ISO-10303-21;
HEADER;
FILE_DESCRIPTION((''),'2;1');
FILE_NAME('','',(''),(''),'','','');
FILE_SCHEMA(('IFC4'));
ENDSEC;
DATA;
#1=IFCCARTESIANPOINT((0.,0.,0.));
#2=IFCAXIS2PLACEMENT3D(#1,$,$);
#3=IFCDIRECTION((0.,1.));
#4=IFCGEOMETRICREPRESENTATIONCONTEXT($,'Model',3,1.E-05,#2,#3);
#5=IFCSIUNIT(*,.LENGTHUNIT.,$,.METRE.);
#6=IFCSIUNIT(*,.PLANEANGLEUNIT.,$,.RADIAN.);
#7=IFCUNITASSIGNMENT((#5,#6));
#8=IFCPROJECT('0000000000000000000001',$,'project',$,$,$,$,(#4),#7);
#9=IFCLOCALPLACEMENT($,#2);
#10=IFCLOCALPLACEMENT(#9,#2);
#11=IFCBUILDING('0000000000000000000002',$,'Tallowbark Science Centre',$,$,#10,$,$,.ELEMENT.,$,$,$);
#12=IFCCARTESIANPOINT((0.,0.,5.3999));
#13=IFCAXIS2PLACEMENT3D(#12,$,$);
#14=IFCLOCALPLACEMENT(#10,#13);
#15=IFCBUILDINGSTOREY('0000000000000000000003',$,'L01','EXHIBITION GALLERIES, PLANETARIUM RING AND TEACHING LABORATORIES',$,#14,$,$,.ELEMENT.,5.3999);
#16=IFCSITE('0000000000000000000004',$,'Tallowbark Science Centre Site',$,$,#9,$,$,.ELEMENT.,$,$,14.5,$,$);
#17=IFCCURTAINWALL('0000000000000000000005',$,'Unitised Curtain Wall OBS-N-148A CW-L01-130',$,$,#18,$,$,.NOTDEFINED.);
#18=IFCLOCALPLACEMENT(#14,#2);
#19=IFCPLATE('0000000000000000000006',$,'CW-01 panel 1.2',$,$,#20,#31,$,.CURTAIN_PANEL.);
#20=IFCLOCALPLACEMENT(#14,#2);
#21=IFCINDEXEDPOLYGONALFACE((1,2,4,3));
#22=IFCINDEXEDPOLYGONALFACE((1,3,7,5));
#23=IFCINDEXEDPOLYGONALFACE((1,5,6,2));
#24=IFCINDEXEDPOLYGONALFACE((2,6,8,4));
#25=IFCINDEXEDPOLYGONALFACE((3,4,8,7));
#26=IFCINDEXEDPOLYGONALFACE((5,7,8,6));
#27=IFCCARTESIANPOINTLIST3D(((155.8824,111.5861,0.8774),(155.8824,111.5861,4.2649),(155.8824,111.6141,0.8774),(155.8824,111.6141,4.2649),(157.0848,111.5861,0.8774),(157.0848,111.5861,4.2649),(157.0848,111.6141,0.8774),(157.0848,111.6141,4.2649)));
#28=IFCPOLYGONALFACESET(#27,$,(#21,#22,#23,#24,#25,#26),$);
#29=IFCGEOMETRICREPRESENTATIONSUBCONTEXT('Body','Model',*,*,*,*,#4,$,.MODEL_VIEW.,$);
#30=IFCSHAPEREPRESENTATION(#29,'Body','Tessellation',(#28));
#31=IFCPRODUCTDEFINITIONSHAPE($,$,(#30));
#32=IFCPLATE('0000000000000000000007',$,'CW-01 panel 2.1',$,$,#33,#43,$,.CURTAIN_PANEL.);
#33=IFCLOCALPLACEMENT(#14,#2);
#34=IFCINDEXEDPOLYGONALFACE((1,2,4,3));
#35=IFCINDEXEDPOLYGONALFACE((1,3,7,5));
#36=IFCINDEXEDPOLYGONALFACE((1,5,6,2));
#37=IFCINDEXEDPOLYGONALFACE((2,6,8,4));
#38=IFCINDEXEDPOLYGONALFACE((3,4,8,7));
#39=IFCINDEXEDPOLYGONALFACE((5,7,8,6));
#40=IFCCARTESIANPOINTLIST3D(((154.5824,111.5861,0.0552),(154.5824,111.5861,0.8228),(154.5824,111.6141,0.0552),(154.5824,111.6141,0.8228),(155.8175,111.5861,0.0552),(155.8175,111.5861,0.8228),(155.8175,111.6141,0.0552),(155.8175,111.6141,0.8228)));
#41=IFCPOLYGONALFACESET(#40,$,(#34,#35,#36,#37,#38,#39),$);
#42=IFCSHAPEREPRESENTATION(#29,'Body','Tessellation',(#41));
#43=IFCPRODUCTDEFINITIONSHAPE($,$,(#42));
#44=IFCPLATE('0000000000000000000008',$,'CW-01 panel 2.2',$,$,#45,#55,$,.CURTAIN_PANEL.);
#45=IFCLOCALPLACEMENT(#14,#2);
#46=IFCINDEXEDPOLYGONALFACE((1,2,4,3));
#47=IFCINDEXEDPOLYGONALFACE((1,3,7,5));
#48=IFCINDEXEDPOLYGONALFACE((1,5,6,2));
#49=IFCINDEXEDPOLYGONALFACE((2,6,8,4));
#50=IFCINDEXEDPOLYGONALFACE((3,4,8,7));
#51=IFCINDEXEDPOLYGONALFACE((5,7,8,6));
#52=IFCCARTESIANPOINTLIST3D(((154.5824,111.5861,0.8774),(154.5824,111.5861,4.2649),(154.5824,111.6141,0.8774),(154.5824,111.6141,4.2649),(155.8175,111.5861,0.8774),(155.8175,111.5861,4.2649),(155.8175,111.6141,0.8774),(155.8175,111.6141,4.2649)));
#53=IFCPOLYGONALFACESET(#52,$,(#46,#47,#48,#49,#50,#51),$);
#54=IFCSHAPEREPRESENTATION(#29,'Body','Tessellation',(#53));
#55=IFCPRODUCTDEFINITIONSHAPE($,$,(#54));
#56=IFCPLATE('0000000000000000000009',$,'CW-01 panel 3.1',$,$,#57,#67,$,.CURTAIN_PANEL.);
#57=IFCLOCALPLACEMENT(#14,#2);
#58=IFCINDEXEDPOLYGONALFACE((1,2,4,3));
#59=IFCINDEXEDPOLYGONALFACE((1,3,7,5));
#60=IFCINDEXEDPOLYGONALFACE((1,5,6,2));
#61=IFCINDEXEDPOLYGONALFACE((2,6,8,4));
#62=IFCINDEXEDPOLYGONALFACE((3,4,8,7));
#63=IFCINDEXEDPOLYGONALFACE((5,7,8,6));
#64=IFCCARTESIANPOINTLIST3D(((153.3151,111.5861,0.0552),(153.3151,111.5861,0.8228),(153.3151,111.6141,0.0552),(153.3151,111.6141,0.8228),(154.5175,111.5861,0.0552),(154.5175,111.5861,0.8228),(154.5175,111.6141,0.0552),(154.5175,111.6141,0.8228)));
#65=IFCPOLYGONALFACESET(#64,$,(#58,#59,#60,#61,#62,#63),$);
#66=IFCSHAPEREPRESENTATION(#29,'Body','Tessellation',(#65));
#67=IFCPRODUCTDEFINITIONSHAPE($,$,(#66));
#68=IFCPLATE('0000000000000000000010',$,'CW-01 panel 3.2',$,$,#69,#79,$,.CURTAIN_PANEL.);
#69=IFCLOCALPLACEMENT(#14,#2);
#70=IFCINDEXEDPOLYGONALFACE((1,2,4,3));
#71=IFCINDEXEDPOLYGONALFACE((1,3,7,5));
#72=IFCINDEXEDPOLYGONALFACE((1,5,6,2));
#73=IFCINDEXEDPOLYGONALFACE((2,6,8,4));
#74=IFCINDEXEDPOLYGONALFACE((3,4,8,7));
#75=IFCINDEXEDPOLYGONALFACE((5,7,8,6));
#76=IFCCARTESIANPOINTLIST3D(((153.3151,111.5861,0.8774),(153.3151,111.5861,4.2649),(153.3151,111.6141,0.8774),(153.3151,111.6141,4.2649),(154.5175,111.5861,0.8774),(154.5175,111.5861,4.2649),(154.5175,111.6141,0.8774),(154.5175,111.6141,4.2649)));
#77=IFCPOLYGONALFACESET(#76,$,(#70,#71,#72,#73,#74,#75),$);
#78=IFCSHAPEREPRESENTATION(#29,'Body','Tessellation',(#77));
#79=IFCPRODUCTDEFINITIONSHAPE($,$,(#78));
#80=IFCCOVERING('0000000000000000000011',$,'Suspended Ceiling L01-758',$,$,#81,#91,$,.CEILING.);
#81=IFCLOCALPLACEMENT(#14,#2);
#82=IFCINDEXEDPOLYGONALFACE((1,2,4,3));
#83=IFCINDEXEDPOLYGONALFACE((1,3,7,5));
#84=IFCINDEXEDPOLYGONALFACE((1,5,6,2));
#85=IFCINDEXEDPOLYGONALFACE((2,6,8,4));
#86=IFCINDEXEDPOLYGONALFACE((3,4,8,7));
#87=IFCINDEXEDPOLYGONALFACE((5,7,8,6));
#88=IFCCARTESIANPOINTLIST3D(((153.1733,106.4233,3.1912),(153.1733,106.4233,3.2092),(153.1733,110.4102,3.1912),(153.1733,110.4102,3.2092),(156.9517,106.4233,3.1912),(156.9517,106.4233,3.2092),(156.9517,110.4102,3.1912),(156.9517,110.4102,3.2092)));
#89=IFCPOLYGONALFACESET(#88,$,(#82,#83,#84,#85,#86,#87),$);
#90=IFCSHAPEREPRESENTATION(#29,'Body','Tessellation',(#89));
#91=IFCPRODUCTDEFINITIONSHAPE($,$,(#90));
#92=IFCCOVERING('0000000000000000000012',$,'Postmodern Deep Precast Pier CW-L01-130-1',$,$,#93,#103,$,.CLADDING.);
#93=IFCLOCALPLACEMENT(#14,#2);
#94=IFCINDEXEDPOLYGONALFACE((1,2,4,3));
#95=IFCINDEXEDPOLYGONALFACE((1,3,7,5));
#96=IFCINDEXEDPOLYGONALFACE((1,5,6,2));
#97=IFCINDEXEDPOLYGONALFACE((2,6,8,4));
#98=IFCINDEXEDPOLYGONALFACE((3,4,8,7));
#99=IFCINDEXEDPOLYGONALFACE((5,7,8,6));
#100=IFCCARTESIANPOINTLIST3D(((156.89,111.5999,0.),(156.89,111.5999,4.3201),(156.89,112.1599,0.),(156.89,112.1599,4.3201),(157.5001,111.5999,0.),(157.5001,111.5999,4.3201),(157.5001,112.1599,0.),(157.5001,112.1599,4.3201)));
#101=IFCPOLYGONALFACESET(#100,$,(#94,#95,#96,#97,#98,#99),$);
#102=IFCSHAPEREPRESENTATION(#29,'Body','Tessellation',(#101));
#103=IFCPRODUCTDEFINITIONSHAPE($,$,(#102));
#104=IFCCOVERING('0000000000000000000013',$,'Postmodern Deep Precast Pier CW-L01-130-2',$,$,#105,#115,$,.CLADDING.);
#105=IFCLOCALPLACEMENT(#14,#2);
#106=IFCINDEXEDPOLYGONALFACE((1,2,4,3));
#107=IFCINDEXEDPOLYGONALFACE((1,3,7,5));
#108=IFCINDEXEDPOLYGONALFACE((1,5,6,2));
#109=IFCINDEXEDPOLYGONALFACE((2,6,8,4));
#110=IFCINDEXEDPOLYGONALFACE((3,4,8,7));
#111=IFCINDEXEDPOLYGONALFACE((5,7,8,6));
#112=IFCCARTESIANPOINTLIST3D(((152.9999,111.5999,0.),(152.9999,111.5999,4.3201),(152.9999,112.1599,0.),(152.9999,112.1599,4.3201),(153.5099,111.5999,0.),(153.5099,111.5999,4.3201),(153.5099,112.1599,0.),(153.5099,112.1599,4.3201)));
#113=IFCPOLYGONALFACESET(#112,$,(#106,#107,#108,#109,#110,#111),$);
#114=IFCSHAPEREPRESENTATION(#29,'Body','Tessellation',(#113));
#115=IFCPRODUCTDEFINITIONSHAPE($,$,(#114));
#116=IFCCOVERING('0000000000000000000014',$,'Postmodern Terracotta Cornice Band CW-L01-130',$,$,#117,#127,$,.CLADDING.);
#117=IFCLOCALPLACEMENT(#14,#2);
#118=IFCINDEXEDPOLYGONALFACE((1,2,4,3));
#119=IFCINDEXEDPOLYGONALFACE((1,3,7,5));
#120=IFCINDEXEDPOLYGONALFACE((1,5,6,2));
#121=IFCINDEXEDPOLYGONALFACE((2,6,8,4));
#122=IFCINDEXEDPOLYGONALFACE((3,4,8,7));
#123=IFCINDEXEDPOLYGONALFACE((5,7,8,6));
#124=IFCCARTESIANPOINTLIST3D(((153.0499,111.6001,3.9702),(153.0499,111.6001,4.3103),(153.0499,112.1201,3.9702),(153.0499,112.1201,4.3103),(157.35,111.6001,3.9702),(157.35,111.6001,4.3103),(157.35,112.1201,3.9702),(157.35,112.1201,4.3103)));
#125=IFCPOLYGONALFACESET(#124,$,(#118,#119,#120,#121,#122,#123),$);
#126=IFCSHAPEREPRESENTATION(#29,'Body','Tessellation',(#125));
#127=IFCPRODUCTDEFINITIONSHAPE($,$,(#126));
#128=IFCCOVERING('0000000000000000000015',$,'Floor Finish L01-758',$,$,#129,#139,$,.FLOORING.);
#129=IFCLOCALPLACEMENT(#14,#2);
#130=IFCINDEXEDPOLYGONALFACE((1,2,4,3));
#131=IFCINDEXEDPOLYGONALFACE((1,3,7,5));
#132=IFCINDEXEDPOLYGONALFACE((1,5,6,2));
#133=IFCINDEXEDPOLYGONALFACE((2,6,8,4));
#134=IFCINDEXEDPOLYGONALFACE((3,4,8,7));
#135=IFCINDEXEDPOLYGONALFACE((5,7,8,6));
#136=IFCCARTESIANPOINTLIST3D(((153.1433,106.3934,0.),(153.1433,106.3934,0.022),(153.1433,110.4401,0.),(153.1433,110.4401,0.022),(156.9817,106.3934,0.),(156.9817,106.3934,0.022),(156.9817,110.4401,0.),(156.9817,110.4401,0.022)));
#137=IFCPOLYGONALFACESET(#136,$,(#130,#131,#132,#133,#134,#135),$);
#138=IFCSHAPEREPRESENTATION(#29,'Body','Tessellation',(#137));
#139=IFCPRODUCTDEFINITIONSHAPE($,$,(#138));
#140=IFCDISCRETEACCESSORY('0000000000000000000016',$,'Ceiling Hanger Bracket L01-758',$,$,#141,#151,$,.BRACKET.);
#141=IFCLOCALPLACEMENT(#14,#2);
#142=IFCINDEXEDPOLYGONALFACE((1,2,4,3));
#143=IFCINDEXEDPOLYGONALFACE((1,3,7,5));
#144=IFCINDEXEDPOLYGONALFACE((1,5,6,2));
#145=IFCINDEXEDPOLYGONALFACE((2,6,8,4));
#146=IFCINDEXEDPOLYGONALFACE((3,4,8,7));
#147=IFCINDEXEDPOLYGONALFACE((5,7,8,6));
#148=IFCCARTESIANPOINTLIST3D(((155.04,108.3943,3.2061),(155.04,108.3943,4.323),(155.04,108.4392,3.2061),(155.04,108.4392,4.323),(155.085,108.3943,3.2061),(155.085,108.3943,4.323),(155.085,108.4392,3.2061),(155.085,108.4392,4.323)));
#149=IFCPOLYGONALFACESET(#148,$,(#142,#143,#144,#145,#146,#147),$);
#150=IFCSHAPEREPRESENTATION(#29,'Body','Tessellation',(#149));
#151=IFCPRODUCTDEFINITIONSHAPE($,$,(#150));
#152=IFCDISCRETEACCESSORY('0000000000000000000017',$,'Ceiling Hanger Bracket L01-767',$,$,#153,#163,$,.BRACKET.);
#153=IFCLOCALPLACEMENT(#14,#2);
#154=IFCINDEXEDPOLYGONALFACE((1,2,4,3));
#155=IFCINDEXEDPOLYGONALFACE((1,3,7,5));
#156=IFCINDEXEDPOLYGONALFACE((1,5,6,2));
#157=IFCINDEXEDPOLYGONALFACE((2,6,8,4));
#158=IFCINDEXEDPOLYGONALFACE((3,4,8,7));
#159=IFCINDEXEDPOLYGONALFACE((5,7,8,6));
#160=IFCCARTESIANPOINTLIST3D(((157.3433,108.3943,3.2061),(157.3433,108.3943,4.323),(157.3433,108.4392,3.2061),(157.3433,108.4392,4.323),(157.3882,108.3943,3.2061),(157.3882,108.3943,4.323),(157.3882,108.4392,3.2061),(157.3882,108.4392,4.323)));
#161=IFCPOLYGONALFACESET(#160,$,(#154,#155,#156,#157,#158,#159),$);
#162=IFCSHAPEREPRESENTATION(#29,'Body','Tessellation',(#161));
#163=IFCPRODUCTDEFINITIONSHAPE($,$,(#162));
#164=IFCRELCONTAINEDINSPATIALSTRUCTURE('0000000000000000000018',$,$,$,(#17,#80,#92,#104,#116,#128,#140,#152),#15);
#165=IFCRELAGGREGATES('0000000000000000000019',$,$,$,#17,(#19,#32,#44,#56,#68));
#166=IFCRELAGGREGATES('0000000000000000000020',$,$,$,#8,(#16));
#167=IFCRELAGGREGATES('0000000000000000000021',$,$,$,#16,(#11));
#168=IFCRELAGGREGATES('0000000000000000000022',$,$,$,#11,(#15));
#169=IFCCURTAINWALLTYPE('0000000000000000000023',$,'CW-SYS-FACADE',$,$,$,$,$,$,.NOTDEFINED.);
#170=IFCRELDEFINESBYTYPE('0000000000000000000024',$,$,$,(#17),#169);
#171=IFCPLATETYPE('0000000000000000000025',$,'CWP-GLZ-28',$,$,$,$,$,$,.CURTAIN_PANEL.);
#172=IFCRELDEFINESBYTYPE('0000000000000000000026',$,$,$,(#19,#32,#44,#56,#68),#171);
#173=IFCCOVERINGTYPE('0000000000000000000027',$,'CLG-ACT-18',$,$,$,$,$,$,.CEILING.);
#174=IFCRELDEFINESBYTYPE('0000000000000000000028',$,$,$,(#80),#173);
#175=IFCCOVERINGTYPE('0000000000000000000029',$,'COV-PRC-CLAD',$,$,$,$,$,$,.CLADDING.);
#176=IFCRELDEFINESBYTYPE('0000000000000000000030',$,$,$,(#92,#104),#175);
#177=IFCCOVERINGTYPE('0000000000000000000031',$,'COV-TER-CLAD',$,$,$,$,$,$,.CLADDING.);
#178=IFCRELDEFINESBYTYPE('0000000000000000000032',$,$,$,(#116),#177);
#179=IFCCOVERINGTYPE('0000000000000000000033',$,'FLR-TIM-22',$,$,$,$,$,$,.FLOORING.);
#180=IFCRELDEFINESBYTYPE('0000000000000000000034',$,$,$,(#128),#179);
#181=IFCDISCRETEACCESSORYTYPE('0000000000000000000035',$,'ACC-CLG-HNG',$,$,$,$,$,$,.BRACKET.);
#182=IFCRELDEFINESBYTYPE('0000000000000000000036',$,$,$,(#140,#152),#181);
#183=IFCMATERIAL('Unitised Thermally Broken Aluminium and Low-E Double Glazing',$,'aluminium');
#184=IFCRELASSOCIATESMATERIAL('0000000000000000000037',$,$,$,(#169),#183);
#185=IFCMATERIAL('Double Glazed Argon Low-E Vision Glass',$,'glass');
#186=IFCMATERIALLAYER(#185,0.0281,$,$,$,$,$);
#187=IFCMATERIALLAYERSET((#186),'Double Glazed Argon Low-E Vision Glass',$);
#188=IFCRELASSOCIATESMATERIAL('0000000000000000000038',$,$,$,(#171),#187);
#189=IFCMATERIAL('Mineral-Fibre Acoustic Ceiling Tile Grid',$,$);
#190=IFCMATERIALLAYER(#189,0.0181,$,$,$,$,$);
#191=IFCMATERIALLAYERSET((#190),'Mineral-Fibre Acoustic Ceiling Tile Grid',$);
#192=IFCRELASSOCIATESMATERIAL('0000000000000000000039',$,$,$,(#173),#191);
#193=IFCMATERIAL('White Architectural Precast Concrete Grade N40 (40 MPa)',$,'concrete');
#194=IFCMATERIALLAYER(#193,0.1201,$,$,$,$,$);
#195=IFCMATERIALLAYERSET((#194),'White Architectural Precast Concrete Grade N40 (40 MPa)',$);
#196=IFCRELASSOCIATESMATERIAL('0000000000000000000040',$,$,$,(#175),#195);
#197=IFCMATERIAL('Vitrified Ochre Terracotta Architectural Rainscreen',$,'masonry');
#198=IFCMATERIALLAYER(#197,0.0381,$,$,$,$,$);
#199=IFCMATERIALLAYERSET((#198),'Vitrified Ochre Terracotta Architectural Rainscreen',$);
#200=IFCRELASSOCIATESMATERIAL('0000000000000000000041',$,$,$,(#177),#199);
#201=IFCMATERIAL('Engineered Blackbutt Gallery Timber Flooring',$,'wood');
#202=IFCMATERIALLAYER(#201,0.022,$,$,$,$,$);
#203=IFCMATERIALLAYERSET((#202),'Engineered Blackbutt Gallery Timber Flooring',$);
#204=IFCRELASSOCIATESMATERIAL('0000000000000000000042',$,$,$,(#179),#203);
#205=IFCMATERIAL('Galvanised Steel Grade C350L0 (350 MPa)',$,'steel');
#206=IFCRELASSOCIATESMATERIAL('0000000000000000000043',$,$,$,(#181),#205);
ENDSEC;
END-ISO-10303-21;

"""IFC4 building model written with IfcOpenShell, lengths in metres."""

from ifc_helpers import new_model, si_unit, direction, frame, origin, origin_2d, place, context, subcontext, project, spatial, rectangle, extrude, material, layer, layer_set, type_object, element, aggregate, save


model = new_model("IFC4")

# Units and contexts
model_context = context("Model", 3, precision=1e-05, world=origin(), true_north=direction((0.0, 1.0)))
body_context = subcontext(model_context, "Body", "Model", "MODEL_VIEW")
ifc_project = project(units=[si_unit("LENGTHUNIT", "METRE"), si_unit("PLANEANGLEUNIT", "RADIAN")], contexts=[model_context])

# Site, building, storey
site_placement = place(None, origin())
site = spatial("IfcSite", under=ifc_project, at=site_placement, Name="Tallowbark Science Centre Site", CompositionType="ELEMENT", RefElevation=14.5)
building_placement = place(site_placement, origin())
building = spatial("IfcBuilding", under=site, at=building_placement, Name="Tallowbark Science Centre", CompositionType="ELEMENT")
storey_placement = place(building_placement, frame((0.0, 0.0, 5.3999)))
storey = spatial("IfcBuildingStorey", under=building, at=storey_placement, Name="L01", Description="EXHIBITION GALLERIES, PLANETARIUM RING AND TEACHING LABORATORIES", CompositionType="ELEMENT", Elevation=5.3999)

# Curtain wall, plates
ifc_material_1 = material(Name="Unitised Thermally Broken Aluminium and Low-E Double Glazing", Category="aluminium")
curtain_wall_type = type_object("IfcCurtainWallType", Name="CW-SYS-FACADE", PredefinedType="NOTDEFINED", material=ifc_material_1)
curtain_wall_placement = place(storey_placement, origin())
curtain_wall = element("IfcCurtainWall", 1, at=curtain_wall_placement, inside=storey, type_object=curtain_wall_type, Name="Unitised Curtain Wall OBS-N-148A CW-L01-130", PredefinedType="NOTDEFINED")
ifc_material_2 = material(Name="Double Glazed Argon Low-E Vision Glass", Category="glass")
ifc_layer_1 = layer(ifc_material_2, 0.0281)
ifc_layer_set_1 = layer_set([ifc_layer_1], Name="Double Glazed Argon Low-E Vision Glass")
plate_type = type_object("IfcPlateType", Name="CWP-GLZ-28", PredefinedType="CURTAIN_PANEL", material=ifc_layer_set_1)
plate_1_placement = place(storey_placement, frame((156.4836, 111.6001, 0.8774), z_axis=(0.0, 0.0, 1.0), x_axis=(-1.0, 0.0, 0.0)))
plate_1 = element("IfcPlate", 2, at=plate_1_placement, type_object=plate_type, Name="CW-01 panel 1.2", PredefinedType="CURTAIN_PANEL", context=body_context, shape_type="SweptSolid", body=[
    extrude(rectangle(XDim=1.2024, YDim=0.0281, at=origin_2d()), origin(), (0.0, 0.0, 1.0), 3.3875),
])
plate_2_placement = place(storey_placement, frame((155.2, 111.6001, 0.0552), z_axis=(0.0, 0.0, 1.0), x_axis=(-1.0, 0.0, 0.0)))
plate_2 = element("IfcPlate", 3, at=plate_2_placement, type_object=plate_type, Name="CW-01 panel 2.1", PredefinedType="CURTAIN_PANEL", context=body_context, shape_type="SweptSolid", body=[
    extrude(rectangle(XDim=1.2351, YDim=0.0281, at=origin_2d()), origin(), (0.0, 0.0, 1.0), 0.7676),
])
plate_3_placement = place(storey_placement, frame((155.2, 111.6001, 0.8774), z_axis=(0.0, 0.0, 1.0), x_axis=(-1.0, 0.0, 0.0)))
plate_3 = element("IfcPlate", 4, at=plate_3_placement, type_object=plate_type, Name="CW-01 panel 2.2", PredefinedType="CURTAIN_PANEL", context=body_context, shape_type="SweptSolid", body=[
    extrude(rectangle(XDim=1.2351, YDim=0.0281, at=origin_2d()), origin(), (0.0, 0.0, 1.0), 3.3875),
])
plate_4_placement = place(storey_placement, frame((153.9163, 111.6001, 0.0552), z_axis=(0.0, 0.0, 1.0), x_axis=(-1.0, 0.0, 0.0)))
plate_4 = element("IfcPlate", 5, at=plate_4_placement, type_object=plate_type, Name="CW-01 panel 3.1", PredefinedType="CURTAIN_PANEL", context=body_context, shape_type="SweptSolid", body=[
    extrude(rectangle(XDim=1.2024, YDim=0.0281, at=origin_2d()), origin(), (0.0, 0.0, 1.0), 0.7676),
])
plate_5_placement = place(storey_placement, frame((153.9163, 111.6001, 0.8774), z_axis=(0.0, 0.0, 1.0), x_axis=(-1.0, 0.0, 0.0)))
plate_5 = element("IfcPlate", 6, at=plate_5_placement, type_object=plate_type, Name="CW-01 panel 3.2", PredefinedType="CURTAIN_PANEL", context=body_context, shape_type="SweptSolid", body=[
    extrude(rectangle(XDim=1.2024, YDim=0.0281, at=origin_2d()), origin(), (0.0, 0.0, 1.0), 3.3875),
])
aggregate(curtain_wall, [plate_1, plate_2, plate_3, plate_4, plate_5])

# Coverings
ifc_material_3 = material(Name="Mineral-Fibre Acoustic Ceiling Tile Grid")
ifc_layer_2 = layer(ifc_material_3, 0.0181)
ifc_layer_set_2 = layer_set([ifc_layer_2], Name="Mineral-Fibre Acoustic Ceiling Tile Grid")
covering_type_1 = type_object("IfcCoveringType", Name="CLG-ACT-18", PredefinedType="CEILING", material=ifc_layer_set_2)
covering_1_placement = place(storey_placement, frame((155.0625, 108.4167, 3.1912), z_axis=(0.0, 0.0, 1.0), x_axis=(1.0, 0.0, 0.0)))
element("IfcCovering", 7, at=covering_1_placement, inside=storey, type_object=covering_type_1, Name="Suspended Ceiling L01-758", PredefinedType="CEILING", context=body_context, shape_type="SweptSolid", body=[
    extrude(rectangle(XDim=3.7783, YDim=3.9868, at=origin_2d()), origin(), (0.0, 0.0, 1.0), 0.0181),
])
ifc_material_4 = material(Name="White Architectural Precast Concrete Grade N40 (40 MPa)", Category="concrete")
ifc_layer_3 = layer(ifc_material_4, 0.1201)
ifc_layer_set_3 = layer_set([ifc_layer_3], Name="White Architectural Precast Concrete Grade N40 (40 MPa)")
covering_type_2 = type_object("IfcCoveringType", Name="COV-PRC-CLAD", PredefinedType="CLADDING", material=ifc_layer_set_3)
covering_2_placement = place(storey_placement, frame((157.1951, 111.8799, 0.0), z_axis=(0.0, 0.0, 1.0), x_axis=(-1.0, 0.0, 0.0)))
element("IfcCovering", 8, at=covering_2_placement, inside=storey, type_object=covering_type_2, Name="Postmodern Deep Precast Pier CW-L01-130-1", PredefinedType="CLADDING", context=body_context, shape_type="SweptSolid", body=[
    extrude(rectangle(XDim=0.6101, YDim=0.5601, at=origin_2d()), origin(), (0.0, 0.0, 1.0), 4.3201),
])
covering_3_placement = place(storey_placement, frame((153.2549, 111.8799, 0.0), z_axis=(0.0, 0.0, 1.0), x_axis=(-1.0, 0.0, 0.0)))
element("IfcCovering", 9, at=covering_3_placement, inside=storey, type_object=covering_type_2, Name="Postmodern Deep Precast Pier CW-L01-130-2", PredefinedType="CLADDING", context=body_context, shape_type="SweptSolid", body=[
    extrude(rectangle(XDim=0.51, YDim=0.5601, at=origin_2d()), origin(), (0.0, 0.0, 1.0), 4.3201),
])
ifc_material_5 = material(Name="Vitrified Ochre Terracotta Architectural Rainscreen", Category="masonry")
ifc_layer_4 = layer(ifc_material_5, 0.0381)
ifc_layer_set_4 = layer_set([ifc_layer_4], Name="Vitrified Ochre Terracotta Architectural Rainscreen")
covering_type_3 = type_object("IfcCoveringType", Name="COV-TER-CLAD", PredefinedType="CLADDING", material=ifc_layer_set_4)
covering_4_placement = place(storey_placement, frame((155.2, 111.8601, 3.9702), z_axis=(0.0, 0.0, 1.0), x_axis=(-1.0, 0.0, 0.0)))
element("IfcCovering", 10, at=covering_4_placement, inside=storey, type_object=covering_type_3, Name="Postmodern Terracotta Cornice Band CW-L01-130", PredefinedType="CLADDING", context=body_context, shape_type="SweptSolid", body=[
    extrude(rectangle(XDim=4.3, YDim=0.52, at=origin_2d()), origin(), (0.0, 0.0, 1.0), 0.3401),
])
ifc_material_6 = material(Name="Engineered Blackbutt Gallery Timber Flooring", Category="wood")
ifc_layer_5 = layer(ifc_material_6, 0.022)
ifc_layer_set_5 = layer_set([ifc_layer_5], Name="Engineered Blackbutt Gallery Timber Flooring")
covering_type_4 = type_object("IfcCoveringType", Name="FLR-TIM-22", PredefinedType="FLOORING", material=ifc_layer_set_5)
covering_5_placement = place(storey_placement, frame((155.0625, 108.4167, 0.0), z_axis=(0.0, 0.0, 1.0), x_axis=(1.0, 0.0, 0.0)))
element("IfcCovering", 11, at=covering_5_placement, inside=storey, type_object=covering_type_4, Name="Floor Finish L01-758", PredefinedType="FLOORING", context=body_context, shape_type="SweptSolid", body=[
    extrude(rectangle(XDim=3.8384, YDim=4.0466, at=origin_2d()), origin(), (0.0, 0.0, 1.0), 0.022),
])

# Discrete accessories
ifc_material_7 = material(Name="Galvanised Steel Grade C350L0 (350 MPa)", Category="steel")
discrete_accessory_type = type_object("IfcDiscreteAccessoryType", Name="ACC-CLG-HNG", PredefinedType="BRACKET", material=ifc_material_7)
for number, where, z_axis, x_axis, name in (
    (12, (155.0625, 108.4167, 3.2061), (0.0, 0.0, 1.0), (1.0, 0.0, 0.0), "Ceiling Hanger Bracket L01-758"),
    (13, (157.3657, 108.4167, 3.2061), (0.0, 0.0, 1.0), (1.0, 0.0, 0.0), "Ceiling Hanger Bracket L01-767"),
):
    element("IfcDiscreteAccessory", number, at=place(storey_placement, frame(where, z_axis=z_axis, x_axis=x_axis)), inside=storey, type_object=discrete_accessory_type, Name=name, PredefinedType="BRACKET", context=body_context, shape_type="SweptSolid", body=[
        extrude(rectangle(XDim=0.0449, YDim=0.0449, at=origin_2d()), origin(), (0.0, 0.0, 1.0), 1.1169),
    ])

save(model, "model.ifc")
